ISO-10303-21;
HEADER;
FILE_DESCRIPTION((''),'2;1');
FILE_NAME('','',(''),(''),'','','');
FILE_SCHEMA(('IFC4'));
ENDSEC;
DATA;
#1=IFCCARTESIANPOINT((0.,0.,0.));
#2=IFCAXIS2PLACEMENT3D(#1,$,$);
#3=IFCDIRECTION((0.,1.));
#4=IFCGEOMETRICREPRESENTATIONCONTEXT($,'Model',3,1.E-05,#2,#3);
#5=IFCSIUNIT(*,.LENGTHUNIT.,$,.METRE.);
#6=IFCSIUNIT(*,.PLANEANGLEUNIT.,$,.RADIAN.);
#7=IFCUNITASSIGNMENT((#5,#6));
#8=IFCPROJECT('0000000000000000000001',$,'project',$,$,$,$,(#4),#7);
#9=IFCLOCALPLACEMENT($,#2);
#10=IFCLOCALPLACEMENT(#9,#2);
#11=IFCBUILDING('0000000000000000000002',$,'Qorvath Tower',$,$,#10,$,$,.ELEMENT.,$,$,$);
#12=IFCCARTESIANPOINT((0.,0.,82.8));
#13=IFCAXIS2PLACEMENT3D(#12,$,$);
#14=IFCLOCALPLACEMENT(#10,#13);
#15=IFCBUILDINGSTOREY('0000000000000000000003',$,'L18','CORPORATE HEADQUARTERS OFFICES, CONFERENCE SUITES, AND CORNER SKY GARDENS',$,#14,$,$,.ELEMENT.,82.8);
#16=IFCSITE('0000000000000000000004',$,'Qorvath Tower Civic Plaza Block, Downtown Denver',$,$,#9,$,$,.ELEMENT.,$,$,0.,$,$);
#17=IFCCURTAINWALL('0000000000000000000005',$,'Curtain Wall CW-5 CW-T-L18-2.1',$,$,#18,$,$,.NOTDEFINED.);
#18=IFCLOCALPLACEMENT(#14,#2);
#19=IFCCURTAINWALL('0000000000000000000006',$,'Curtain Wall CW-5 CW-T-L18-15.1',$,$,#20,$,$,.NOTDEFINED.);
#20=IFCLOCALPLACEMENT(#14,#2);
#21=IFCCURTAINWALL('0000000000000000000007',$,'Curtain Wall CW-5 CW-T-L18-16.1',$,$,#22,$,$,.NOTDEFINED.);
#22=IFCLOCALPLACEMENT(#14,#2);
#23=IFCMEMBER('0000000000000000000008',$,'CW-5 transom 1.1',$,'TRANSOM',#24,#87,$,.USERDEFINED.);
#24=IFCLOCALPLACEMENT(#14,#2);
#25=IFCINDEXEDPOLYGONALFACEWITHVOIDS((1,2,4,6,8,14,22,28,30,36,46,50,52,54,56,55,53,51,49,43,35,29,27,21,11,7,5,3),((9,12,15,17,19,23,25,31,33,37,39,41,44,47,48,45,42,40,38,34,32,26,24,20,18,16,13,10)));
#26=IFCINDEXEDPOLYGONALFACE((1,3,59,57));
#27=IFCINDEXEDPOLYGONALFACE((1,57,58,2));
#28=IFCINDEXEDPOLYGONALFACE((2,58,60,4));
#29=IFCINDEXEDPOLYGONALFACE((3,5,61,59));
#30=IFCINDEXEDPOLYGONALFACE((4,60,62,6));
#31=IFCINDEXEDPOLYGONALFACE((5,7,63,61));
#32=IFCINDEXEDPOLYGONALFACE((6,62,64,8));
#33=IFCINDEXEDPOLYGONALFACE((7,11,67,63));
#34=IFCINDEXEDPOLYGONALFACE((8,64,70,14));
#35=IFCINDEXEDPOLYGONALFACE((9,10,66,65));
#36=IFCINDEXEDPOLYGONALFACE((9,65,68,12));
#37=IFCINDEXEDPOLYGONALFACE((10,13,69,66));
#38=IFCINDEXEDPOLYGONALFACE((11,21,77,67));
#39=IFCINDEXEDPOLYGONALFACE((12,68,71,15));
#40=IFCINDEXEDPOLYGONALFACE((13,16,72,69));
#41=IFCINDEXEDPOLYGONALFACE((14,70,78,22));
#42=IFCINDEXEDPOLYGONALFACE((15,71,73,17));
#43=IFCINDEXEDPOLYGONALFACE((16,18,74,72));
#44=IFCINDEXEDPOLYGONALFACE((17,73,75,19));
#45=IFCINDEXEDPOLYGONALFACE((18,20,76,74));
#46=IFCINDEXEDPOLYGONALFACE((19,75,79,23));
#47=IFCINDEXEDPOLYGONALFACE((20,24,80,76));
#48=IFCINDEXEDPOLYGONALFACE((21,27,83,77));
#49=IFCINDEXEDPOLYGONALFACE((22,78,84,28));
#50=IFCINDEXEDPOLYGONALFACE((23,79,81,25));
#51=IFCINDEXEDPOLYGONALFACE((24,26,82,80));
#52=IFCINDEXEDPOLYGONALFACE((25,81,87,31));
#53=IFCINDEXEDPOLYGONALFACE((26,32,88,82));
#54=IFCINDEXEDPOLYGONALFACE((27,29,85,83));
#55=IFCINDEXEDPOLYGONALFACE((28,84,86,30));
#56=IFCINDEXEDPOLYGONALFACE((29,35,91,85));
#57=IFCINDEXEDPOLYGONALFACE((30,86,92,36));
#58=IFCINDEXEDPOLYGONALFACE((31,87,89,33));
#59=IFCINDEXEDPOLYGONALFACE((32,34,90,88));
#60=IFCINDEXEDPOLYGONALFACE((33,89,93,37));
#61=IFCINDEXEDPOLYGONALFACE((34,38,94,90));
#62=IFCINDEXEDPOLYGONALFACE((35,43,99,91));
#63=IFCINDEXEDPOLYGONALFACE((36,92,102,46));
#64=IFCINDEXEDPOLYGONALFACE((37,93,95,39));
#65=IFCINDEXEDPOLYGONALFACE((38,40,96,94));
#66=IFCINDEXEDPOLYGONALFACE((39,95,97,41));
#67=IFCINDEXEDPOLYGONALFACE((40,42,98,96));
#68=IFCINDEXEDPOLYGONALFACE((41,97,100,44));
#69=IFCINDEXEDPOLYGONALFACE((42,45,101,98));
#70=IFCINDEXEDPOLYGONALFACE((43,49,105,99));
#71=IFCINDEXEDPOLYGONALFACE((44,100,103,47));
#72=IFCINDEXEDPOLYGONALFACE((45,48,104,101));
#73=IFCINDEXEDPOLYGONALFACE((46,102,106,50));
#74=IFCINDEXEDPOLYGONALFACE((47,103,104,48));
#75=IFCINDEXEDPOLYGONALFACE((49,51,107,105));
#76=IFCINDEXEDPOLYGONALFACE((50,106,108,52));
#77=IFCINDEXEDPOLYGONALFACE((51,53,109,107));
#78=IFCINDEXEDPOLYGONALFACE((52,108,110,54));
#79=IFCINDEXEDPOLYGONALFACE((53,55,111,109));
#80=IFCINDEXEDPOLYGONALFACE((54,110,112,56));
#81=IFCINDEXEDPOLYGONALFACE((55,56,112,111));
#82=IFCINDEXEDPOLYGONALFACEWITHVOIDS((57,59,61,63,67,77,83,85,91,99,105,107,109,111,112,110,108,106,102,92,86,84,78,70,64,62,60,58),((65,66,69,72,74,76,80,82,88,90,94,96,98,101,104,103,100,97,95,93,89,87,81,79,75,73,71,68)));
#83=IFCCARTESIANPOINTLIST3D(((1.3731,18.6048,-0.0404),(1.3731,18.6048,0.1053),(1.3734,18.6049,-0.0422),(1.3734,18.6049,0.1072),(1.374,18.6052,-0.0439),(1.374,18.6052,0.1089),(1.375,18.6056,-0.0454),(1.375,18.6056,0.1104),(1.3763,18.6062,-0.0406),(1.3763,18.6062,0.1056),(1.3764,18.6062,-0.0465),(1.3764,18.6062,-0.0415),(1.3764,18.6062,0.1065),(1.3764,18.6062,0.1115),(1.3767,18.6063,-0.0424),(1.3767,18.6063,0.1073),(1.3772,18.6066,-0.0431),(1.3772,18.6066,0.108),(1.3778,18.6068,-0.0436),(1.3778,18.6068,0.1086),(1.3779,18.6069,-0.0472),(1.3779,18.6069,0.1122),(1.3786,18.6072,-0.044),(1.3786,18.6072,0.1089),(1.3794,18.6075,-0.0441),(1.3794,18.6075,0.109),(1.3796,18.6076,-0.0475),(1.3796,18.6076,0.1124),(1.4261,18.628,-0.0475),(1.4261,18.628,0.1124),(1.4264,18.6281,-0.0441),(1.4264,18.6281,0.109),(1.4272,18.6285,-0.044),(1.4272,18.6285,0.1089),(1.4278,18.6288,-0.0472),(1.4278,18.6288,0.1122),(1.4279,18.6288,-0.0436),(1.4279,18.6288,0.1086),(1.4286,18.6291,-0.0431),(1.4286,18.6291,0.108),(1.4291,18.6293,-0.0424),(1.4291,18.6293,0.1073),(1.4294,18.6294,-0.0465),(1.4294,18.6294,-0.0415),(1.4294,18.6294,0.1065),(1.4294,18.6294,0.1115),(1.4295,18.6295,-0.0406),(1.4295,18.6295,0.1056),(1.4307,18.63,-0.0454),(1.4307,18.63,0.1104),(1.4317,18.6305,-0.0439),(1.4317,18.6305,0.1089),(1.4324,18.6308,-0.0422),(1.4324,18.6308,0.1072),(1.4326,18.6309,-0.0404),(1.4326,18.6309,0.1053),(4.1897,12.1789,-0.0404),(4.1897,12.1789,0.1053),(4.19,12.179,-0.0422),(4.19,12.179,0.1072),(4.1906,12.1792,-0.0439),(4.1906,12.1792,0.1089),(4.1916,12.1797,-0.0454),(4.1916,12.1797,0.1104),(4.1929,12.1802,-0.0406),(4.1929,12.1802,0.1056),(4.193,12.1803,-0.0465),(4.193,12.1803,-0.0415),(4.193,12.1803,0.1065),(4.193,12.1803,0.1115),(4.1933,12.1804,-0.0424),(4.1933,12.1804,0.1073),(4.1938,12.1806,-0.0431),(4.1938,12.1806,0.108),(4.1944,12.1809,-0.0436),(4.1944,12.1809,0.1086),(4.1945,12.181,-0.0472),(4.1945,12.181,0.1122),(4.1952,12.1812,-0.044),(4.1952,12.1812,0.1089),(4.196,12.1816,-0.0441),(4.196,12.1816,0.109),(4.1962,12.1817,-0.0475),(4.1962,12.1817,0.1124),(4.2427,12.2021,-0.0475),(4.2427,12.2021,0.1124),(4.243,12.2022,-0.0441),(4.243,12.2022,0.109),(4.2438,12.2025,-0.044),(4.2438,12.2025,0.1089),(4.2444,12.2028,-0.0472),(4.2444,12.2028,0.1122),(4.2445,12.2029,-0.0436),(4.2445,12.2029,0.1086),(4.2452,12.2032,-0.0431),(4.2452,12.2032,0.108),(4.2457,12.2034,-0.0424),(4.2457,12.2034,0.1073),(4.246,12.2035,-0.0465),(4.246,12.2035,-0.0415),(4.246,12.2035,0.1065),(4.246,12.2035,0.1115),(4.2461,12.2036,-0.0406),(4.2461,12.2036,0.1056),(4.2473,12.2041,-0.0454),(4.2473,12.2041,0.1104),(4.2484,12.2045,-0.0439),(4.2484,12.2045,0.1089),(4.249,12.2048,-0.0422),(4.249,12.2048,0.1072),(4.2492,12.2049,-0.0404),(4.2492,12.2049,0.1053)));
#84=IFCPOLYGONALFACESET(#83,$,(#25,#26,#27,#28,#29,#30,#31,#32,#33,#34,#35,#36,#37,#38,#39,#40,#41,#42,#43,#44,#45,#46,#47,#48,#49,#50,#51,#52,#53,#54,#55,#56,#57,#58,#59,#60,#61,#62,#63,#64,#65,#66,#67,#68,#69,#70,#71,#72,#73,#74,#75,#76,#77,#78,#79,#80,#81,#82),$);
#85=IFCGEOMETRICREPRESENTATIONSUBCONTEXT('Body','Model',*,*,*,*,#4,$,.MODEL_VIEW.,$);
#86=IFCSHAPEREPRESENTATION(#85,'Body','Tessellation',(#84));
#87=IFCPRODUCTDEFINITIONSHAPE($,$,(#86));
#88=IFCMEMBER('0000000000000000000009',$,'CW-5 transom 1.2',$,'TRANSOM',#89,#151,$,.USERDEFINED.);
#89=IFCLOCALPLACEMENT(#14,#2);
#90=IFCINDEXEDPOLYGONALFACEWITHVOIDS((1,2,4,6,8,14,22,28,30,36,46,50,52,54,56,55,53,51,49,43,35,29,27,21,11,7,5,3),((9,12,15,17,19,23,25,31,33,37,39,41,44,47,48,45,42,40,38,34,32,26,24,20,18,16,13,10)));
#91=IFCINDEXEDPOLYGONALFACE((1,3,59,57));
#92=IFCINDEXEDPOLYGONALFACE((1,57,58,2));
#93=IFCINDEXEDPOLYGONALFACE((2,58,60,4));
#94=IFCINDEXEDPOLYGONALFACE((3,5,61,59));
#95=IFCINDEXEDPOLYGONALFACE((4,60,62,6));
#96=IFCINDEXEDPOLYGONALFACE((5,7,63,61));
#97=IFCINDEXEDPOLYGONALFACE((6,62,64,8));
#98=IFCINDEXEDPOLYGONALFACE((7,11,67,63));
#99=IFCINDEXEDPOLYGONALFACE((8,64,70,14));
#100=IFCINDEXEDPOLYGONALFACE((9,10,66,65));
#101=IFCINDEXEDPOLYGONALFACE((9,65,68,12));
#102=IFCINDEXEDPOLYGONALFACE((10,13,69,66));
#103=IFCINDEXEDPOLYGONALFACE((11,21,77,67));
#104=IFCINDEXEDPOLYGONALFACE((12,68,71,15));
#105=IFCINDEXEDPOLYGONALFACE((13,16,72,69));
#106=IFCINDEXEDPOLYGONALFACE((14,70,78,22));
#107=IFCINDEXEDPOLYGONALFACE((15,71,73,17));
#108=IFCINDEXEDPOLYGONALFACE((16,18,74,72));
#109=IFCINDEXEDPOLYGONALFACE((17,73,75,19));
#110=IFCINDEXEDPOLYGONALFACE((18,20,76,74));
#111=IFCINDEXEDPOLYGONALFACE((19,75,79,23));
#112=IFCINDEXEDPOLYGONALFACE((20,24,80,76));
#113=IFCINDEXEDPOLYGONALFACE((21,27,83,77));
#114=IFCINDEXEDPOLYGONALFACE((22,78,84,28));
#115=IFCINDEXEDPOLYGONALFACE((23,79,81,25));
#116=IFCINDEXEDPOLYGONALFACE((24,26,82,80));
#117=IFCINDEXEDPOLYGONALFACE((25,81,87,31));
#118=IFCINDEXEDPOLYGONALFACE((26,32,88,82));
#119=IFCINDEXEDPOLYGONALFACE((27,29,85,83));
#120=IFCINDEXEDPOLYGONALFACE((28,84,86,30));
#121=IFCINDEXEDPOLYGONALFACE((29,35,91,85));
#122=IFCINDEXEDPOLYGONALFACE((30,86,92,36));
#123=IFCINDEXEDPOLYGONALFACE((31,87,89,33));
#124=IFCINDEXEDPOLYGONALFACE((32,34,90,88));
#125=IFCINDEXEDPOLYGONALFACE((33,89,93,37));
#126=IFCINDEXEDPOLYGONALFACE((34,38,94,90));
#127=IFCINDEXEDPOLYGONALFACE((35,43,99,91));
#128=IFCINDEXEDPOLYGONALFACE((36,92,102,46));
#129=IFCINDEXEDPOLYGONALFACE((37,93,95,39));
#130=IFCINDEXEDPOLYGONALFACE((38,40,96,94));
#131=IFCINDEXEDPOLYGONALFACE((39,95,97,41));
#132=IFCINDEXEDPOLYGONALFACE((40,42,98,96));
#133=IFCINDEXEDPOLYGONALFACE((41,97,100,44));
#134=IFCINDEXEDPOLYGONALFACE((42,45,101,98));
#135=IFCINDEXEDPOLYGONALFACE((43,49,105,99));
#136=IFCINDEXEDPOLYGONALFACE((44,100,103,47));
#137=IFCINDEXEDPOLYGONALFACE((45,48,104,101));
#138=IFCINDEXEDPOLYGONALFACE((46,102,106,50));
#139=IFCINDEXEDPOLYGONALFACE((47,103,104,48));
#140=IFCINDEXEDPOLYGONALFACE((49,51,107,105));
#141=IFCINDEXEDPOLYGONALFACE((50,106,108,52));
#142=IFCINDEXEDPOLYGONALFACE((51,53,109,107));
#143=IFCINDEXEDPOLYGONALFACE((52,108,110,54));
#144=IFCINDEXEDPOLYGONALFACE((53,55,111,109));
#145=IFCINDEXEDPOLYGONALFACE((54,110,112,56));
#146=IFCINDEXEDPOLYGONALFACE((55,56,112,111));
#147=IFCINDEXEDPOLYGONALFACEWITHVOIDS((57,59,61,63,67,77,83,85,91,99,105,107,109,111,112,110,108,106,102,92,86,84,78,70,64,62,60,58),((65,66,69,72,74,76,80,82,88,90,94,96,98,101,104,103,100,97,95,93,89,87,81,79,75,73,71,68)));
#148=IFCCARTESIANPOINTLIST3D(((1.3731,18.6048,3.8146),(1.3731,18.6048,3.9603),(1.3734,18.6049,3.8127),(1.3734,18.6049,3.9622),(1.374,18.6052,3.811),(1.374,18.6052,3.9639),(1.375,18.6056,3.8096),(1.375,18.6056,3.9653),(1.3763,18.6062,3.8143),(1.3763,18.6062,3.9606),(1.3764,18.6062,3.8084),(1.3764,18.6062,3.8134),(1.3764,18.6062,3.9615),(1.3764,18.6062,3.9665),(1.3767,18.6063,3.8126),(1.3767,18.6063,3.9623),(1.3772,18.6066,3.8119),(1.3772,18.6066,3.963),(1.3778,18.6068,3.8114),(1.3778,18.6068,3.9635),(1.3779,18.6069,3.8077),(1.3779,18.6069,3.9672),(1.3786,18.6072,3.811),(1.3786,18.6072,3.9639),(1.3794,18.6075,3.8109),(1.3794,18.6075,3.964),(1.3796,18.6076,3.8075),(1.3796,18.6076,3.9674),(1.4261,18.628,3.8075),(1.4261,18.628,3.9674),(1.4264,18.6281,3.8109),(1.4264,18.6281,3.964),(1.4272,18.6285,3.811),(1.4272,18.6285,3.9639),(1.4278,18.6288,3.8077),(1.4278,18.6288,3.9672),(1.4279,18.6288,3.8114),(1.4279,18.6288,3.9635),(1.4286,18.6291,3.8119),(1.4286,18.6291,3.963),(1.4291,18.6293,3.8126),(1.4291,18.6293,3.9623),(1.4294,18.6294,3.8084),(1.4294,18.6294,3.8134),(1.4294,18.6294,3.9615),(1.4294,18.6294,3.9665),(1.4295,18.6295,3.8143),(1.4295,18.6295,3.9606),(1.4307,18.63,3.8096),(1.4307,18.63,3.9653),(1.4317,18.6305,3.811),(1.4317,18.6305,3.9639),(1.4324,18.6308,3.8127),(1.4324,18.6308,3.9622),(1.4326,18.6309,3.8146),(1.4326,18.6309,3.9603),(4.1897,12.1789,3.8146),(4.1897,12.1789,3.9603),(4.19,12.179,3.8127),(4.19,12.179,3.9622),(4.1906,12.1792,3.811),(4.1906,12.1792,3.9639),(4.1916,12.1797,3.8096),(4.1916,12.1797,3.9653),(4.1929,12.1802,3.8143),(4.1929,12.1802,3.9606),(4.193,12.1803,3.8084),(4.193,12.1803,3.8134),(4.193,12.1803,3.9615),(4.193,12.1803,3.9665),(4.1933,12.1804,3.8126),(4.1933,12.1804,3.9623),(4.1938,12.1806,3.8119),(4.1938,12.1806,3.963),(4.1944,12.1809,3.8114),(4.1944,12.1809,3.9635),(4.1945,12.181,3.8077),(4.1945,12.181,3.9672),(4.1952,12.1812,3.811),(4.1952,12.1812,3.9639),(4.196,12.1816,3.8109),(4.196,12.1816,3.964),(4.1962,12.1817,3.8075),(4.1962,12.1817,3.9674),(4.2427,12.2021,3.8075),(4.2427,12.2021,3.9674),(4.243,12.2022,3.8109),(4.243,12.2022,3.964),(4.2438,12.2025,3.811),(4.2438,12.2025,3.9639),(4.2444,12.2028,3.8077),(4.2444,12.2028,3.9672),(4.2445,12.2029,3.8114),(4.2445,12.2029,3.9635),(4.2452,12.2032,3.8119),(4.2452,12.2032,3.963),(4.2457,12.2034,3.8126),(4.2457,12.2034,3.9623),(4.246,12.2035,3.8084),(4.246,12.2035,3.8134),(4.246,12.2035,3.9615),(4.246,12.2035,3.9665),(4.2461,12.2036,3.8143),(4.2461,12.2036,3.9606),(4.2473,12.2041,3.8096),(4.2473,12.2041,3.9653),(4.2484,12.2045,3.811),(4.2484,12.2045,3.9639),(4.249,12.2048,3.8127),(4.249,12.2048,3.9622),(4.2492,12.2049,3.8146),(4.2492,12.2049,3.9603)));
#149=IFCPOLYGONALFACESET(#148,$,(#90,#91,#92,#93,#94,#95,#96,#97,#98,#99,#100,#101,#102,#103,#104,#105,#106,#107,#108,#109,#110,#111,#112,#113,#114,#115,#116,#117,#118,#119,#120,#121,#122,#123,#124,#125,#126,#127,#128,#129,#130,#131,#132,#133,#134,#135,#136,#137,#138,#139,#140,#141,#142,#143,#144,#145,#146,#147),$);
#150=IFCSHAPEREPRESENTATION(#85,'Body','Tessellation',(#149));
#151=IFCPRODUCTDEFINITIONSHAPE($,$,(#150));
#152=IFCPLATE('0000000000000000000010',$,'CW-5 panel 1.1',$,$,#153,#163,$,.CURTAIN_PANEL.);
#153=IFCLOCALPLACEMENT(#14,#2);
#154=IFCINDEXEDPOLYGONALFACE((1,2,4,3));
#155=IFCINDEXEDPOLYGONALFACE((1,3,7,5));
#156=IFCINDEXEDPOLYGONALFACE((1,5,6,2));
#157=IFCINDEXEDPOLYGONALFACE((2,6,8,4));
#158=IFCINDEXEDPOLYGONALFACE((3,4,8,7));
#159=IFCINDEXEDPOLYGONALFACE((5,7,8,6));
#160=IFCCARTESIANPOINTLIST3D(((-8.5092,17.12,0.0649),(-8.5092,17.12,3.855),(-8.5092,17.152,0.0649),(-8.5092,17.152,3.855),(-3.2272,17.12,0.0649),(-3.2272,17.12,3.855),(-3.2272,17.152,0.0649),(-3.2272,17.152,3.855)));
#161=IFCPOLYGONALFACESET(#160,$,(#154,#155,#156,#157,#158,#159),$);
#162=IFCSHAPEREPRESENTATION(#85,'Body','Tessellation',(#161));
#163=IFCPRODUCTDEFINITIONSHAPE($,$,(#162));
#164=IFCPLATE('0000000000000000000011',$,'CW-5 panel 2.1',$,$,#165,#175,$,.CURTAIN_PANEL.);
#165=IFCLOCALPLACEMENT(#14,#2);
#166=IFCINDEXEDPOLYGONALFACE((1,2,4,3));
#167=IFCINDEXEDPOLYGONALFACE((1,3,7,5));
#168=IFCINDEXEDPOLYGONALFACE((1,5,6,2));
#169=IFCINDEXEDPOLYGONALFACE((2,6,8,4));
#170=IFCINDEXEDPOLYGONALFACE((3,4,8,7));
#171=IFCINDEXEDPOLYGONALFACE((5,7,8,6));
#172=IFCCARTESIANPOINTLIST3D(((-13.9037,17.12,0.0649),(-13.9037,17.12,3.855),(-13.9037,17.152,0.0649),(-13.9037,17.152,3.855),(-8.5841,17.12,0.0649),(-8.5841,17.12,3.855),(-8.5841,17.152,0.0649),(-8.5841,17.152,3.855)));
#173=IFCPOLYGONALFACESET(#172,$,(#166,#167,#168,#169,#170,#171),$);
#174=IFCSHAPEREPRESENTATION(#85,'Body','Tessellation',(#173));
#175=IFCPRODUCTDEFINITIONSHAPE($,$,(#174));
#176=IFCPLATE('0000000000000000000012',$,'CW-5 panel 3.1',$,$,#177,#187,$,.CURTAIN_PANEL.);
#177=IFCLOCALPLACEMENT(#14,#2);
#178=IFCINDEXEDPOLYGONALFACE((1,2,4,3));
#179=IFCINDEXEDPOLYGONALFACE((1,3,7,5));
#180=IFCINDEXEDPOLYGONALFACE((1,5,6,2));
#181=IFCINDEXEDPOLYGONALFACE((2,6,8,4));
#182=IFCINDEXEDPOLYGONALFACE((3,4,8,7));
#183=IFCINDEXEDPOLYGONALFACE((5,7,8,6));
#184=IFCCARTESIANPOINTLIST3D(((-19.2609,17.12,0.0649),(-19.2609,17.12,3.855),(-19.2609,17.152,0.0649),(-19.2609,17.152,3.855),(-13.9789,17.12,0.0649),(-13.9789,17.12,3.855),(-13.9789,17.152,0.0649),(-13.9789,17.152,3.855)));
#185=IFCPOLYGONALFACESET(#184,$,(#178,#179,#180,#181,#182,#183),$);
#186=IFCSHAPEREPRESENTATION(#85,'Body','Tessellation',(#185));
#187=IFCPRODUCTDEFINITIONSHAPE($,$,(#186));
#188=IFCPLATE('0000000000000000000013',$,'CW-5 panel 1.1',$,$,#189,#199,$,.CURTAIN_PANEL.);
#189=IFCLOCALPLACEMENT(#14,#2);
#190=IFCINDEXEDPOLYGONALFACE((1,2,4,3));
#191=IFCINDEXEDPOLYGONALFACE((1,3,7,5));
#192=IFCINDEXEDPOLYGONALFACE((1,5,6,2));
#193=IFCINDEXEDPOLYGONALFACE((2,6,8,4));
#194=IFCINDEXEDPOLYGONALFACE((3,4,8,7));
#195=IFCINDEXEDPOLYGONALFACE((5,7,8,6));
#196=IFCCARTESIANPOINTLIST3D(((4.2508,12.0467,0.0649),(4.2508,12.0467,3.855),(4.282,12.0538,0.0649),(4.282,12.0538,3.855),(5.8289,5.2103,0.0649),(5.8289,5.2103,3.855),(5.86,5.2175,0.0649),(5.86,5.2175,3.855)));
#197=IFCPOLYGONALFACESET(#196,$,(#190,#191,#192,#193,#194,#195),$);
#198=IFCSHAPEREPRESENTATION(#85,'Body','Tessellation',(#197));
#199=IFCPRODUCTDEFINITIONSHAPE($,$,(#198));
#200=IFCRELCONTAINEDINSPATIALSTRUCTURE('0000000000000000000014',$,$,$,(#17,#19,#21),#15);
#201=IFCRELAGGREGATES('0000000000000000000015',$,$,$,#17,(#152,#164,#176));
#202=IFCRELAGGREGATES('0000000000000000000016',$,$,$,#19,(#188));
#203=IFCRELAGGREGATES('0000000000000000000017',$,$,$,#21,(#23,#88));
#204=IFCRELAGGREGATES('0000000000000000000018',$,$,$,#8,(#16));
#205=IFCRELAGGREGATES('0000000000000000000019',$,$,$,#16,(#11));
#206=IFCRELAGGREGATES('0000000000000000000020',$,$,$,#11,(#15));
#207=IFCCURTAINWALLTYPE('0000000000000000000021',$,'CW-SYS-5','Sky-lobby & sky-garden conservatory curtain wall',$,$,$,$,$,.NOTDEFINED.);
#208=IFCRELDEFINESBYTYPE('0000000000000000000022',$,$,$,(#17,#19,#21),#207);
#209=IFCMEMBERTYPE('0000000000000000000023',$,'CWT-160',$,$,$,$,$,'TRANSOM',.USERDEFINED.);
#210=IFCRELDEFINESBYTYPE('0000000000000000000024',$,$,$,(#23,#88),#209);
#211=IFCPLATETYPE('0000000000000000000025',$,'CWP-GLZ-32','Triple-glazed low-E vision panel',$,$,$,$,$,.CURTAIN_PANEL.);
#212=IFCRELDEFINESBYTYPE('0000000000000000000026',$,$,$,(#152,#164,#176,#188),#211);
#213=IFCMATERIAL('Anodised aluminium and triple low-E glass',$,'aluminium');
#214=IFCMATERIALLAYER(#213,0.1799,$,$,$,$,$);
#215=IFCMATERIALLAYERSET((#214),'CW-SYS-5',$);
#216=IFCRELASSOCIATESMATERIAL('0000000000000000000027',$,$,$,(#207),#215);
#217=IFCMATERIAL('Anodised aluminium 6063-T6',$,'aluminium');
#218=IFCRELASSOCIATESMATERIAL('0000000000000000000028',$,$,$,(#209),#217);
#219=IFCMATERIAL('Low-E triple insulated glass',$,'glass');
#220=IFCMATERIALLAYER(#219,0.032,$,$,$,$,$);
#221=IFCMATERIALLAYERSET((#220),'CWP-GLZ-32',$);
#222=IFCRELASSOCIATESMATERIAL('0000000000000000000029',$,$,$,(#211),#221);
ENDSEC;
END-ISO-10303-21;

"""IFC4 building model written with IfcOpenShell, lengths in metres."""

from ifc_helpers import new_model, si_unit, direction, frame, origin, origin_2d, place, context, subcontext, project, spatial, rectangle, hollow_rectangle, extrude, material, layer, layer_set, material_profile, profile_set, type_object, element, aggregate, save


model = new_model("IFC4")

# Units and contexts
model_context = context("Model", 3, precision=1e-05, world=origin(), true_north=direction((0.0, 1.0)))
body_context = subcontext(model_context, "Body", "Model", "MODEL_VIEW")
ifc_project = project(units=[si_unit("LENGTHUNIT", "METRE"), si_unit("PLANEANGLEUNIT", "RADIAN")], contexts=[model_context])

# Site, building, storey
site_placement = place(None, origin())
site = spatial("IfcSite", under=ifc_project, at=site_placement, Name="Qorvath Tower Civic Plaza Block, Downtown Denver", CompositionType="ELEMENT", RefElevation=0.0)
building_placement = place(site_placement, origin())
building = spatial("IfcBuilding", under=site, at=building_placement, Name="Qorvath Tower", CompositionType="ELEMENT")
storey_placement = place(building_placement, frame((0.0, 0.0, 82.8)))
storey = spatial("IfcBuildingStorey", under=building, at=storey_placement, Name="L18", Description="CORPORATE HEADQUARTERS OFFICES, CONFERENCE SUITES, AND CORNER SKY GARDENS", CompositionType="ELEMENT", Elevation=82.8)

# Curtain wall
ifc_material_1 = material(Name="Anodised aluminium and triple low-E glass", Category="aluminium")
ifc_layer_1 = layer(ifc_material_1, 0.1799)
ifc_layer_set_1 = layer_set([ifc_layer_1], Name="CW-SYS-5")
curtain_wall_type = type_object("IfcCurtainWallType", Name="CW-SYS-5", Description="Sky-lobby & sky-garden conservatory curtain wall", PredefinedType="NOTDEFINED", material=ifc_layer_set_1)
curtain_wall_1_placement = place(storey_placement, origin())
curtain_wall_1 = element("IfcCurtainWall", 1, at=curtain_wall_1_placement, inside=storey, type_object=curtain_wall_type, Name="Curtain Wall CW-5 CW-T-L18-2.1", PredefinedType="NOTDEFINED")

# Curtain walls
curtain_wall_2_placement = place(storey_placement, origin())
curtain_wall_2 = element("IfcCurtainWall", 2, at=curtain_wall_2_placement, inside=storey, type_object=curtain_wall_type, Name="Curtain Wall CW-5 CW-T-L18-15.1", PredefinedType="NOTDEFINED")
curtain_wall_3_placement = place(storey_placement, origin())
curtain_wall_3 = element("IfcCurtainWall", 3, at=curtain_wall_3_placement, inside=storey, type_object=curtain_wall_type, Name="Curtain Wall CW-5 CW-T-L18-16.1", PredefinedType="NOTDEFINED")

# Members
ifc_material_2 = material(Name="Anodised aluminium 6063-T6", Category="aluminium")
ifc_material_profile_1 = material_profile(ifc_material_2, hollow_rectangle(XDim=0.0649, YDim=0.1599, WallThickness=0.0034, InnerFilletRadius=0.0034, OuterFilletRadius=0.0071, at=origin_2d()), Name="CWT 160x65")
ifc_profile_set_1 = profile_set([ifc_material_profile_1], Name="Anodised aluminium 6063-T6")
member_type_1 = type_object("IfcMemberType", Name="CWT-160", ElementType="TRANSOM", PredefinedType="USERDEFINED", material=ifc_profile_set_1)
member_1_placement = place(storey_placement, frame((4.2195, 12.1919, 0.0325), z_axis=(-0.401449, 0.915882, 0.0), x_axis=(-0.915882, -0.401449, 0.0)))
member_1 = element("IfcMember", 4, at=member_1_placement, type_object=member_type_1, Name="CW-5 transom 1.1", ObjectType="TRANSOM", PredefinedType="USERDEFINED", context=body_context, shape_type="SweptSolid", body=[
    extrude(hollow_rectangle(XDim=0.0649, YDim=0.1599, WallThickness=0.0034, InnerFilletRadius=0.0034, OuterFilletRadius=0.0071, at=origin_2d()), origin(), (0.0, 0.0, 1.0), 7.0161),
])
member_2_placement = place(storey_placement, frame((4.2195, 12.1919, 3.8875), z_axis=(-0.401449, 0.915882, 0.0), x_axis=(-0.915882, -0.401449, 0.0)))
member_2 = element("IfcMember", 5, at=member_2_placement, type_object=member_type_1, Name="CW-5 transom 1.2", ObjectType="TRANSOM", PredefinedType="USERDEFINED", context=body_context, shape_type="SweptSolid", body=[
    extrude(hollow_rectangle(XDim=0.0649, YDim=0.1599, WallThickness=0.0034, InnerFilletRadius=0.0034, OuterFilletRadius=0.0071, at=origin_2d()), origin(), (0.0, 0.0, 1.0), 7.0161),
])

# Plates
ifc_material_3 = material(Name="Low-E triple insulated glass", Category="glass")
ifc_layer_2 = layer(ifc_material_3, 0.032)
ifc_layer_set_2 = layer_set([ifc_layer_2], Name="CWP-GLZ-32")
plate_type = type_object("IfcPlateType", Name="CWP-GLZ-32", Description="Triple-glazed low-E vision panel", PredefinedType="CURTAIN_PANEL", material=ifc_layer_set_2)
plate_1_placement = place(storey_placement, frame((-5.8682, 17.136, 0.0649), z_axis=(0.0, 0.0, 1.0), x_axis=(-1.0, 0.0, 0.0)))
plate_1 = element("IfcPlate", 6, at=plate_1_placement, type_object=plate_type, Name="CW-5 panel 1.1", PredefinedType="CURTAIN_PANEL", context=body_context, shape_type="SweptSolid", body=[
    extrude(rectangle(XDim=5.282, YDim=0.032, at=origin_2d()), origin(), (0.0, 0.0, 1.0), 3.79),
])
plate_2_placement = place(storey_placement, frame((-11.2439, 17.136, 0.0649), z_axis=(0.0, 0.0, 1.0), x_axis=(-1.0, 0.0, 0.0)))
plate_2 = element("IfcPlate", 7, at=plate_2_placement, type_object=plate_type, Name="CW-5 panel 2.1", PredefinedType="CURTAIN_PANEL", context=body_context, shape_type="SweptSolid", body=[
    extrude(rectangle(XDim=5.3196, YDim=0.032, at=origin_2d()), origin(), (0.0, 0.0, 1.0), 3.79),
])
plate_3_placement = place(storey_placement, frame((-16.6199, 17.136, 0.0649), z_axis=(0.0, 0.0, 1.0), x_axis=(-1.0, 0.0, 0.0)))
plate_3 = element("IfcPlate", 8, at=plate_3_placement, type_object=plate_type, Name="CW-5 panel 3.1", PredefinedType="CURTAIN_PANEL", context=body_context, shape_type="SweptSolid", body=[
    extrude(rectangle(XDim=5.282, YDim=0.032, at=origin_2d()), origin(), (0.0, 0.0, 1.0), 3.79),
])
aggregate(curtain_wall_1, [plate_1, plate_2, plate_3])
plate_4_placement = place(storey_placement, frame((5.0554, 8.6321, 0.0649), z_axis=(0.0, 0.0, 1.0), x_axis=(-0.224923, 0.974377, 0.0)))
plate_4 = element("IfcPlate", 9, at=plate_4_placement, type_object=plate_type, Name="CW-5 panel 1.1", PredefinedType="CURTAIN_PANEL", context=body_context, shape_type="SweptSolid", body=[
    extrude(rectangle(XDim=7.0161, YDim=0.032, at=origin_2d()), origin(), (0.0, 0.0, 1.0), 3.79),
])
aggregate(curtain_wall_2, [plate_4])
aggregate(curtain_wall_3, [member_1, member_2])

save(model, "model.ifc")
